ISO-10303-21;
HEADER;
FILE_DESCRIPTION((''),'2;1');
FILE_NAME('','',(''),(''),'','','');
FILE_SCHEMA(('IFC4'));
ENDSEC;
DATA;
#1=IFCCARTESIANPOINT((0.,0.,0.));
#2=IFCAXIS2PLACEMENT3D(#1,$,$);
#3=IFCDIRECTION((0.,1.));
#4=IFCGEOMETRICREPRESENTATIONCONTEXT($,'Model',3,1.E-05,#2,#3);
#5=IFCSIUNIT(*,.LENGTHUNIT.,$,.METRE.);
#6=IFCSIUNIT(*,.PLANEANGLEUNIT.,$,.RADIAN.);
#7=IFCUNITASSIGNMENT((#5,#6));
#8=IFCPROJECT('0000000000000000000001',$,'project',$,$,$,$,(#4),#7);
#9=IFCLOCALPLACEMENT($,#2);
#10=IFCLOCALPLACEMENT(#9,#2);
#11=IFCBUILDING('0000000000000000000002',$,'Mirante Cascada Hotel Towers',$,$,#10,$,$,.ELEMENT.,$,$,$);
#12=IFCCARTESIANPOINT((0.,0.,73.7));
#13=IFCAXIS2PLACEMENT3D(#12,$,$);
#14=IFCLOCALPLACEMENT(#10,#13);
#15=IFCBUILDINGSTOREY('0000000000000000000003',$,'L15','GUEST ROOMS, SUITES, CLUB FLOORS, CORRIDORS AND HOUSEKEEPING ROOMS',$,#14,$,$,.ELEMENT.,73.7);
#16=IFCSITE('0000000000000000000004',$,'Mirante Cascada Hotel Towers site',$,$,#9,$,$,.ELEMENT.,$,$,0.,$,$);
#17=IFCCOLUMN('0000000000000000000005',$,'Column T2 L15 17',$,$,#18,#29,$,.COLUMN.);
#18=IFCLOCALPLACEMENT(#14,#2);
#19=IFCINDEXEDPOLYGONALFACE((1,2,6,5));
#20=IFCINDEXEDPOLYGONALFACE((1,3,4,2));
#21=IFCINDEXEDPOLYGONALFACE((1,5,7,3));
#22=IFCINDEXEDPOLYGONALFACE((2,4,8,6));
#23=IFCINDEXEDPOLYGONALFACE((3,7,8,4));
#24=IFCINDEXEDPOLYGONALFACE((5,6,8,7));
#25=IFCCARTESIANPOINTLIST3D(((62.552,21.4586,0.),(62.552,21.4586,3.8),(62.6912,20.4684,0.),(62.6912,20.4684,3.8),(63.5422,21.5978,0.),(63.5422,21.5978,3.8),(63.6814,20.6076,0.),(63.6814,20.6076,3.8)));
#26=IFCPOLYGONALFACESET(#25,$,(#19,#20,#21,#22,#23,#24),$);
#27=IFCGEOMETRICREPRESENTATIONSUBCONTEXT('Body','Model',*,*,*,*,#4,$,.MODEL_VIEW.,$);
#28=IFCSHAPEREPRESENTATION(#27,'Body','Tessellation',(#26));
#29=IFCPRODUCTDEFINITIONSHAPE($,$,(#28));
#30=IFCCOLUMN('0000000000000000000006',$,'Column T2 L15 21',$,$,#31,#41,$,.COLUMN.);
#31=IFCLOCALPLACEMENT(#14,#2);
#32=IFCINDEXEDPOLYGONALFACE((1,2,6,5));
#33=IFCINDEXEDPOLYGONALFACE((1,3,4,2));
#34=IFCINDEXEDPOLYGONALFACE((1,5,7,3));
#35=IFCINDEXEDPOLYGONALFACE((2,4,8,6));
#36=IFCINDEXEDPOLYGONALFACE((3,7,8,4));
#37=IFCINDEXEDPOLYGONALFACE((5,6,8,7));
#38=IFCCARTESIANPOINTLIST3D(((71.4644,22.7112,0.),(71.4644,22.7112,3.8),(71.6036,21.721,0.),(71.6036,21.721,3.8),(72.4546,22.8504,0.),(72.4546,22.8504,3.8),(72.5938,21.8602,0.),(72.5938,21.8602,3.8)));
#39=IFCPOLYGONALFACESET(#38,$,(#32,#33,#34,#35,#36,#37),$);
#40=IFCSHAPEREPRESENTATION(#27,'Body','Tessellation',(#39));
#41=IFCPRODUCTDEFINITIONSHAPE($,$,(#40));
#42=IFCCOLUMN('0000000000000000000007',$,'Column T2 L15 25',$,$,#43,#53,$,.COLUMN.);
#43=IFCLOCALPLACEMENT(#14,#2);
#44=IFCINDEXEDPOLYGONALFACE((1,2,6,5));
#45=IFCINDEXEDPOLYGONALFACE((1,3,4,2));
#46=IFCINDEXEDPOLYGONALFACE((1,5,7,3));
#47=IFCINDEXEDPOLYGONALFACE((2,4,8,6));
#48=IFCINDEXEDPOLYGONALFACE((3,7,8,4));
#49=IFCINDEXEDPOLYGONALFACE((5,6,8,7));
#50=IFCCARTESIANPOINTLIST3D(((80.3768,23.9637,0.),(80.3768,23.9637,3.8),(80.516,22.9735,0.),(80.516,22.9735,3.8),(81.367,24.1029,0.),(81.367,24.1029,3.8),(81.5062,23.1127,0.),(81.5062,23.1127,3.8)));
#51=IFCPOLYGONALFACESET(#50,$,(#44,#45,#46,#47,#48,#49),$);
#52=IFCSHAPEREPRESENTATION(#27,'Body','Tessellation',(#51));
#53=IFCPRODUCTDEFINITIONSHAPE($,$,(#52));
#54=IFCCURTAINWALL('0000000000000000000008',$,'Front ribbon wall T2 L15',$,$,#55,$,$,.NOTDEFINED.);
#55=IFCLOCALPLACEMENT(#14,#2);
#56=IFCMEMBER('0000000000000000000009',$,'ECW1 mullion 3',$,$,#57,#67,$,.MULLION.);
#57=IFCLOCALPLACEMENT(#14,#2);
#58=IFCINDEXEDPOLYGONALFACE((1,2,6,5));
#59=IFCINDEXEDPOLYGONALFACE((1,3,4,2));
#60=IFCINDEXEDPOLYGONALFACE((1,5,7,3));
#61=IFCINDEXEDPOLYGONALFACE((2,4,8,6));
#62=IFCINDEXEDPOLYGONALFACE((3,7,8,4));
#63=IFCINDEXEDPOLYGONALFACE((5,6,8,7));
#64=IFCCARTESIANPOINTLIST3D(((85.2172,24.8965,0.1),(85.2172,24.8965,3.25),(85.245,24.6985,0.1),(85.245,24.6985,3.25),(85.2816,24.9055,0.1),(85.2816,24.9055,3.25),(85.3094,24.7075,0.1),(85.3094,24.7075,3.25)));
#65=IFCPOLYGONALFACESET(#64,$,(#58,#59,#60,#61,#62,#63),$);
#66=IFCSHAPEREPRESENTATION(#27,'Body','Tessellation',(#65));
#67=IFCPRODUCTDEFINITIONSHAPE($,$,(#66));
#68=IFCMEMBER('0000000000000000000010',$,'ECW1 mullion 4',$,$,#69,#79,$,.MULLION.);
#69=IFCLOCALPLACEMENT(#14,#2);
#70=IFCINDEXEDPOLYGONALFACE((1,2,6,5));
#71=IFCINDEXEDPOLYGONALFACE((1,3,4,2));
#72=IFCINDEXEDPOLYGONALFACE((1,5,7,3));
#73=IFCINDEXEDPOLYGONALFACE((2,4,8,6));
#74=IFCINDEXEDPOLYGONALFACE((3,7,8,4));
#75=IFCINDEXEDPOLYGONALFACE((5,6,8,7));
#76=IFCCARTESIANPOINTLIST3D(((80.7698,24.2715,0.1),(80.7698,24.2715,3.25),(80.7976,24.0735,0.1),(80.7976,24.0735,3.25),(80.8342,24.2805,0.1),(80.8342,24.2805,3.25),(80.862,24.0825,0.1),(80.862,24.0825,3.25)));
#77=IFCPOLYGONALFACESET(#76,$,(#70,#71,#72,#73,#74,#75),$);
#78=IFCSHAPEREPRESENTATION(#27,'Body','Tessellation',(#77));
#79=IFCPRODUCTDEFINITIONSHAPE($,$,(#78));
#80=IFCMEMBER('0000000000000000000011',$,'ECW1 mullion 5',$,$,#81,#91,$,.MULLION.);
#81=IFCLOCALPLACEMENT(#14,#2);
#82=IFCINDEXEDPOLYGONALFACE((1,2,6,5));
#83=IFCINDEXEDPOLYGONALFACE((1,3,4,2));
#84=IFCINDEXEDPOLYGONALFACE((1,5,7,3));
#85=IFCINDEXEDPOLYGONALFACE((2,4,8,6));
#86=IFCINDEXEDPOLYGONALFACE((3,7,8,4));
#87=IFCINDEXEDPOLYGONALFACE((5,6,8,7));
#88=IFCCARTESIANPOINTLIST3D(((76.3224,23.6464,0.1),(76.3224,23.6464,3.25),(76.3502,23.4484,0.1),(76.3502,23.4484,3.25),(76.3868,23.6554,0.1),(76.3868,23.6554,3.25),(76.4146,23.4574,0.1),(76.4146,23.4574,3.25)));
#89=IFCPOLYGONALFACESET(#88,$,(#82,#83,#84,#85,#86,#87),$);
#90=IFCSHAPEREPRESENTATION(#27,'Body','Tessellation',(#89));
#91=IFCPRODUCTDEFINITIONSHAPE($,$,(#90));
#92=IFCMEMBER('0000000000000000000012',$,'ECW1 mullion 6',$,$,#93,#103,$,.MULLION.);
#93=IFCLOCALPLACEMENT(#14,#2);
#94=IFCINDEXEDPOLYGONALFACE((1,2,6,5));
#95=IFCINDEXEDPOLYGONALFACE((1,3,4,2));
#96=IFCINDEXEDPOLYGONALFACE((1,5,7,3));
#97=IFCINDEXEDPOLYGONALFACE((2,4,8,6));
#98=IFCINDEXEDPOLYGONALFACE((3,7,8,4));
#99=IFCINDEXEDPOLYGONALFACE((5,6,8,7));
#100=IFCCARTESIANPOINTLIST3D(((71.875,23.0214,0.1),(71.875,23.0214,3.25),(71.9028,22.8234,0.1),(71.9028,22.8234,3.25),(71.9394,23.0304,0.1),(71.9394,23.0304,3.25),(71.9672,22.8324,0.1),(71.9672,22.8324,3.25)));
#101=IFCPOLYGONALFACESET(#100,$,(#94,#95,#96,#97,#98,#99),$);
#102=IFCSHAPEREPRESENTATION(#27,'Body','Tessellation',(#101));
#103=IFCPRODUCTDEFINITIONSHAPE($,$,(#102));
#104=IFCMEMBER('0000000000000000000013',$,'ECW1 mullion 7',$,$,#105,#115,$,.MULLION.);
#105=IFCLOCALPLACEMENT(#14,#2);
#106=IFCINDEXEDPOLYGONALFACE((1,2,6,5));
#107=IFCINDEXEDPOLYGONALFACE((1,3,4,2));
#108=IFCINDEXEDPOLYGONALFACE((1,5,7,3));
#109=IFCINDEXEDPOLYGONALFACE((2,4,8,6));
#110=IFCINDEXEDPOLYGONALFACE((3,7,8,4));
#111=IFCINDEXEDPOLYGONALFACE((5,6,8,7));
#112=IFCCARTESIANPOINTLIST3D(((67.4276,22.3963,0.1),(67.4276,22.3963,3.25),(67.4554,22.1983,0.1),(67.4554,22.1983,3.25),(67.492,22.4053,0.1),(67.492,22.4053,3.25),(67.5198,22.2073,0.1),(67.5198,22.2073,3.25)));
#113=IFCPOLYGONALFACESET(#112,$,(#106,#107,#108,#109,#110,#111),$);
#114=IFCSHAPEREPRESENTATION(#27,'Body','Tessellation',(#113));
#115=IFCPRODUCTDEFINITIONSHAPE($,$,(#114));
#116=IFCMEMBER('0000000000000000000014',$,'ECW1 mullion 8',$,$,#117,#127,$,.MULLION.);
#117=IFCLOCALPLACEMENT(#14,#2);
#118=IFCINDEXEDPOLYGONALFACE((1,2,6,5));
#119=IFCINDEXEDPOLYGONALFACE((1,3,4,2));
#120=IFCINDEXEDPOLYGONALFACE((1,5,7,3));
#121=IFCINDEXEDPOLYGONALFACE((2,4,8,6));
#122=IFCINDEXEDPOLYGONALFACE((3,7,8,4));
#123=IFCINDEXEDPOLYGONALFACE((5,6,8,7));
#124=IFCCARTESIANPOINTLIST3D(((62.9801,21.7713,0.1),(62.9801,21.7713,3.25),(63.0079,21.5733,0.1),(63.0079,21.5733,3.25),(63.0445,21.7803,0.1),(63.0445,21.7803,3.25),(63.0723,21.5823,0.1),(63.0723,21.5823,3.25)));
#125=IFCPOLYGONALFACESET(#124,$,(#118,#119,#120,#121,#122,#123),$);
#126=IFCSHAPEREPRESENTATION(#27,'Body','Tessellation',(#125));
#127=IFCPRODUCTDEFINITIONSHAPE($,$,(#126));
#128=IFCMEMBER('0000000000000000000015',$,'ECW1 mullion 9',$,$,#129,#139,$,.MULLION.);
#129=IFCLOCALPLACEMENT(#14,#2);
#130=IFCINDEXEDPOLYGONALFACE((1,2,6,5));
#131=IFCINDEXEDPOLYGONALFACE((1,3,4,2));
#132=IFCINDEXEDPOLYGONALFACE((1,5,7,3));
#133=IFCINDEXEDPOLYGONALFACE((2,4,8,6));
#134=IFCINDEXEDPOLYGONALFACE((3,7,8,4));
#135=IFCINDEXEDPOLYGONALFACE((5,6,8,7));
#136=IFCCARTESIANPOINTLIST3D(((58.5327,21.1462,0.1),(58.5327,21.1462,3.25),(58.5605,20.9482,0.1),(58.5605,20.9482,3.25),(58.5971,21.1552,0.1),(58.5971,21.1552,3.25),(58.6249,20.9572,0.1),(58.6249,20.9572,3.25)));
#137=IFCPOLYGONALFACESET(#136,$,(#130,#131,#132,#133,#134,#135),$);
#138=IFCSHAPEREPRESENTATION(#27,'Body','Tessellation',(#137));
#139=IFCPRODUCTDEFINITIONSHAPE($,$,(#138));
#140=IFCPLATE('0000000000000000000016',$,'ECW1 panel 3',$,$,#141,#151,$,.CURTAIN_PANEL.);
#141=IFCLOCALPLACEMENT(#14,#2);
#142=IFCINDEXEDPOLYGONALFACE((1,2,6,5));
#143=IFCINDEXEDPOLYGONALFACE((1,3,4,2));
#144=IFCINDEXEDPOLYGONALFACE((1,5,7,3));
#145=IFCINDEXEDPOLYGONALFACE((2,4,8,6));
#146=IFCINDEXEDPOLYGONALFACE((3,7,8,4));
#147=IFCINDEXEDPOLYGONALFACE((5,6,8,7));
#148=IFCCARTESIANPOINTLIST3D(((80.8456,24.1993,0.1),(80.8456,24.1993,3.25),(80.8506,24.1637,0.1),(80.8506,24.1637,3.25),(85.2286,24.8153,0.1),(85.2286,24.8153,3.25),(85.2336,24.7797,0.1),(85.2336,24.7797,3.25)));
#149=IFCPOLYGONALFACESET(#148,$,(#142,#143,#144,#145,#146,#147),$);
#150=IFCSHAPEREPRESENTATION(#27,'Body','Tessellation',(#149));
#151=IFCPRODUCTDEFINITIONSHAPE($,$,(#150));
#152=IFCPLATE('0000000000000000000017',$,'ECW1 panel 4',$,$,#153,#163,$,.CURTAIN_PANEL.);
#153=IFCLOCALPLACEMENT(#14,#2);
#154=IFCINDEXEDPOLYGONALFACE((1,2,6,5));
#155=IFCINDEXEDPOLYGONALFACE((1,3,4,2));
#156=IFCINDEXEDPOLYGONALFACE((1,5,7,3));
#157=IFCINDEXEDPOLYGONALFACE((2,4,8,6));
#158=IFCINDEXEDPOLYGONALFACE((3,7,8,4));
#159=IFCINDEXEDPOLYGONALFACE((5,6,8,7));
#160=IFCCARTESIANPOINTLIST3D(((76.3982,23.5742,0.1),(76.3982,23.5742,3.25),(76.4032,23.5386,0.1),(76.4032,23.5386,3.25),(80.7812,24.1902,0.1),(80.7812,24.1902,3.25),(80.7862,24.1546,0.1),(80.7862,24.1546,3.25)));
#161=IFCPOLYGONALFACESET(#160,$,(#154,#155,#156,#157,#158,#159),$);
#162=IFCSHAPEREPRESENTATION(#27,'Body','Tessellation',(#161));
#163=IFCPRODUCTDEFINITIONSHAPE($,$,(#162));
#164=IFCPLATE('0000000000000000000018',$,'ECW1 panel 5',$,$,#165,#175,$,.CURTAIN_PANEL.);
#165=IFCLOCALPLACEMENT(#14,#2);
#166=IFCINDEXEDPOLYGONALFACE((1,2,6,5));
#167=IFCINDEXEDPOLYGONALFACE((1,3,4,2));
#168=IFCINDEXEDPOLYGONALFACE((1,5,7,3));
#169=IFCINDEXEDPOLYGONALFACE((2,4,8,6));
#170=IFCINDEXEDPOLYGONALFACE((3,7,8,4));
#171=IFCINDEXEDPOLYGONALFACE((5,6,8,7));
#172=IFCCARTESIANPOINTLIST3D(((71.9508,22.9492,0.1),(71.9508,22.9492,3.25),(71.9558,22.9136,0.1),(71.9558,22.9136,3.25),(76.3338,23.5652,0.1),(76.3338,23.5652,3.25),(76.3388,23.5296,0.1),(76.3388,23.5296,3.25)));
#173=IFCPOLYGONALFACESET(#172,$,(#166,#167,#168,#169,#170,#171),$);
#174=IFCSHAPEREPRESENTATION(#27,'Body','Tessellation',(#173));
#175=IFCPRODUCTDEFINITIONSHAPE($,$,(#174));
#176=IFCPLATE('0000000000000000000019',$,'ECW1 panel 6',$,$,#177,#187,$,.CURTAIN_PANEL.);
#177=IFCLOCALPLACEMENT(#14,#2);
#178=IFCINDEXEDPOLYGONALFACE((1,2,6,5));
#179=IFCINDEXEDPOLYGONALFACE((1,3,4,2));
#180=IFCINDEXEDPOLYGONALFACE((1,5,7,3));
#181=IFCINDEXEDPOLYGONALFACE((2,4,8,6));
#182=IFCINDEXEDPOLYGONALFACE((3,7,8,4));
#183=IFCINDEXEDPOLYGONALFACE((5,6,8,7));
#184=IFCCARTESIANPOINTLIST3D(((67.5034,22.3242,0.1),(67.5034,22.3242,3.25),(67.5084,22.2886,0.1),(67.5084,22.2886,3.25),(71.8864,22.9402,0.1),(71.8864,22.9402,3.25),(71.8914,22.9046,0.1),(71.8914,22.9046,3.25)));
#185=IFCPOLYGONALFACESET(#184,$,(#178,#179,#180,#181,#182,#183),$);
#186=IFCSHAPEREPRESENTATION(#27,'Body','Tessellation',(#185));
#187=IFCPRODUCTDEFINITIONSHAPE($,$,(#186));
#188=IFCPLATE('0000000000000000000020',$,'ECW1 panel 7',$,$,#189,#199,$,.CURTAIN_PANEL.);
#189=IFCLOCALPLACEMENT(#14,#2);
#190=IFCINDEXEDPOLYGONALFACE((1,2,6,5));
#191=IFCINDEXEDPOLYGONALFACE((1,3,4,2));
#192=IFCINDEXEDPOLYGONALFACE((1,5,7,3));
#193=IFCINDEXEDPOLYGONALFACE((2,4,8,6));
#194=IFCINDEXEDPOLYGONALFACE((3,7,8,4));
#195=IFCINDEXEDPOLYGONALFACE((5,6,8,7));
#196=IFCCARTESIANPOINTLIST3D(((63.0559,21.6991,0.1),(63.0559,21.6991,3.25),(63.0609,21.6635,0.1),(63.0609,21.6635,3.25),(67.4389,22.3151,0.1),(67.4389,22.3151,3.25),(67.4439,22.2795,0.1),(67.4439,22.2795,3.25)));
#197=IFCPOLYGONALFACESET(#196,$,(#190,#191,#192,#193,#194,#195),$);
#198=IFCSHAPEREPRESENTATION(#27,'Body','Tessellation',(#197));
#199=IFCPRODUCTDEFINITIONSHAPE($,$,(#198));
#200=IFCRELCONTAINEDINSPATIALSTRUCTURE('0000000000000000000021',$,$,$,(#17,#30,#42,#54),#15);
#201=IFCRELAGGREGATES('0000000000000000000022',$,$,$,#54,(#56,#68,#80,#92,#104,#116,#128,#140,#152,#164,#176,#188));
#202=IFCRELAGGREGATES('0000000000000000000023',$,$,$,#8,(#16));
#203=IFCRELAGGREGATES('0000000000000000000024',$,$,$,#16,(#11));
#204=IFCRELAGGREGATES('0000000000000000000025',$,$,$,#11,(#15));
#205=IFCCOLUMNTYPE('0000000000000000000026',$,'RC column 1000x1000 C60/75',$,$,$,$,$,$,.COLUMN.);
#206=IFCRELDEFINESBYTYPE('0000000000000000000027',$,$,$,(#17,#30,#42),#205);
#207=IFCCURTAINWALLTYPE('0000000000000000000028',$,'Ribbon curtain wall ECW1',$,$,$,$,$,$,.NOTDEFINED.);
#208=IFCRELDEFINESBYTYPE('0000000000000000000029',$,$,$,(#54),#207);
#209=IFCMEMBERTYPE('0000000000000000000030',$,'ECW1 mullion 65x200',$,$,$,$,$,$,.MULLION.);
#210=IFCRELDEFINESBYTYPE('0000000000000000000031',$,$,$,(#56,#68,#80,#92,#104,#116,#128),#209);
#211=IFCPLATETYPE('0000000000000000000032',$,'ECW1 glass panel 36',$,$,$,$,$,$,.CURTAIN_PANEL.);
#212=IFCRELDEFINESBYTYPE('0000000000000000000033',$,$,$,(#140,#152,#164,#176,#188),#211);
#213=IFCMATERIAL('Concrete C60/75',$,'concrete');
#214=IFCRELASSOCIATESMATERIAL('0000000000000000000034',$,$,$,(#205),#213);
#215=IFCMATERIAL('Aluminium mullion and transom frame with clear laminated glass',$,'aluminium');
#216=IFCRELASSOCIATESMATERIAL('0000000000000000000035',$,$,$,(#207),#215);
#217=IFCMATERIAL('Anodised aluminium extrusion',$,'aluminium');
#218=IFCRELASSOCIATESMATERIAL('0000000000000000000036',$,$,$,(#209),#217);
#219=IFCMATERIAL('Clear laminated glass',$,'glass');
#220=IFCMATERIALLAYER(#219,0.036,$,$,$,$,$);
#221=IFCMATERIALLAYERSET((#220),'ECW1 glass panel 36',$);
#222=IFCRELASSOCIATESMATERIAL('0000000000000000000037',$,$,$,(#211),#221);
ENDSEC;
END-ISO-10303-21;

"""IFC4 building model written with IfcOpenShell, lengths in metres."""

from ifc_helpers import new_model, si_unit, direction, frame, origin, origin_2d, place, context, subcontext, project, spatial, rectangle, extrude, material, layer, layer_set, material_profile, profile_set, type_object, element, aggregate, save


model = new_model("IFC4")

# Units and contexts
model_context = context("Model", 3, precision=1e-05, world=origin(), true_north=direction((0.0, 1.0)))
body_context = subcontext(model_context, "Body", "Model", "MODEL_VIEW")
ifc_project = project(units=[si_unit("LENGTHUNIT", "METRE"), si_unit("PLANEANGLEUNIT", "RADIAN")], contexts=[model_context])

# Site, building, storey
site_placement = place(None, origin())
site = spatial("IfcSite", under=ifc_project, at=site_placement, Name="Mirante Cascada Hotel Towers site", CompositionType="ELEMENT", RefElevation=0.0)
building_placement = place(site_placement, origin())
building = spatial("IfcBuilding", under=site, at=building_placement, Name="Mirante Cascada Hotel Towers", CompositionType="ELEMENT")
storey_placement = place(building_placement, frame((0.0, 0.0, 73.7)))
storey = spatial("IfcBuildingStorey", under=building, at=storey_placement, Name="L15", Description="GUEST ROOMS, SUITES, CLUB FLOORS, CORRIDORS AND HOUSEKEEPING ROOMS", CompositionType="ELEMENT", Elevation=73.7)

# Columns
ifc_material_1 = material(Name="Concrete C60/75", Category="concrete")
ifc_material_profile_1 = material_profile(ifc_material_1, rectangle(XDim=1.0, YDim=1.0, at=origin_2d()), Name="RC column 1000x1000 C60/75")
ifc_profile_set_1 = profile_set([ifc_material_profile_1], Name="Concrete C60/75")
column_type = type_object("IfcColumnType", Name="RC column 1000x1000 C60/75", PredefinedType="COLUMN", material=ifc_profile_set_1)
for number, where, z_axis, x_axis, name in (
    (1, (63.1167, 21.0331, 0.0), (0.0, 0.0, 1.0), (0.990268, 0.139173, 0.0), "Column T2 L15 17"),
    (2, (72.0291, 22.2857, 0.0), (0.0, 0.0, 1.0), (0.990268, 0.139173, 0.0), "Column T2 L15 21"),
    (3, (80.9415, 23.5382, 0.0), (0.0, 0.0, 1.0), (0.990268, 0.139173, 0.0), "Column T2 L15 25"),
):
    element("IfcColumn", number, at=place(storey_placement, frame(where, z_axis=z_axis, x_axis=x_axis)), inside=storey, type_object=column_type, Name=name, PredefinedType="COLUMN", context=body_context, shape_type="SweptSolid", body=[
        extrude(rectangle(XDim=1.0, YDim=1.0, at=origin_2d()), origin(), (0.0, 0.0, 1.0), 3.8),
    ])

# Curtain wall, members, plates
ifc_material_2 = material(Name="Aluminium mullion and transom frame with clear laminated glass", Category="aluminium")
curtain_wall_type = type_object("IfcCurtainWallType", Name="Ribbon curtain wall ECW1", PredefinedType="NOTDEFINED", material=ifc_material_2)
curtain_wall_placement = place(storey_placement, origin())
curtain_wall = element("IfcCurtainWall", 4, at=curtain_wall_placement, inside=storey, type_object=curtain_wall_type, Name="Front ribbon wall T2 L15", PredefinedType="NOTDEFINED")
ifc_material_3 = material(Name="Anodised aluminium extrusion", Category="aluminium")
ifc_material_profile_2 = material_profile(ifc_material_3, rectangle(XDim=0.2, YDim=0.065, at=origin_2d()), Name="ECW1 MULLION 65x200")
ifc_profile_set_2 = profile_set([ifc_material_profile_2], Name="Anodised aluminium extrusion")
member_type = type_object("IfcMemberType", Name="ECW1 mullion 65x200", PredefinedType="MULLION", material=ifc_profile_set_2)
member_1_placement = place(storey_placement, frame((85.2633, 24.802, 0.1), z_axis=(0.0, 0.0, 1.0), x_axis=(0.139173, -0.990268, 0.0)))
member_1 = element("IfcMember", 5, at=member_1_placement, type_object=member_type, Name="ECW1 mullion 3", PredefinedType="MULLION", context=body_context, shape_type="SweptSolid", body=[
    extrude(rectangle(XDim=0.2, YDim=0.065, at=origin_2d()), origin(), (0.0, 0.0, 1.0), 3.15),
])
member_2_placement = place(storey_placement, frame((80.8159, 24.177, 0.1), z_axis=(0.0, 0.0, 1.0), x_axis=(0.139173, -0.990268, 0.0)))
member_2 = element("IfcMember", 6, at=member_2_placement, type_object=member_type, Name="ECW1 mullion 4", PredefinedType="MULLION", context=body_context, shape_type="SweptSolid", body=[
    extrude(rectangle(XDim=0.2, YDim=0.065, at=origin_2d()), origin(), (0.0, 0.0, 1.0), 3.15),
])
member_3_placement = place(storey_placement, frame((76.3685, 23.5519, 0.1), z_axis=(0.0, 0.0, 1.0), x_axis=(0.139173, -0.990268, 0.0)))
member_3 = element("IfcMember", 7, at=member_3_placement, type_object=member_type, Name="ECW1 mullion 5", PredefinedType="MULLION", context=body_context, shape_type="SweptSolid", body=[
    extrude(rectangle(XDim=0.2, YDim=0.065, at=origin_2d()), origin(), (0.0, 0.0, 1.0), 3.15),
])
member_4_placement = place(storey_placement, frame((71.9211, 22.9269, 0.1), z_axis=(0.0, 0.0, 1.0), x_axis=(0.139173, -0.990268, 0.0)))
member_4 = element("IfcMember", 8, at=member_4_placement, type_object=member_type, Name="ECW1 mullion 6", PredefinedType="MULLION", context=body_context, shape_type="SweptSolid", body=[
    extrude(rectangle(XDim=0.2, YDim=0.065, at=origin_2d()), origin(), (0.0, 0.0, 1.0), 3.15),
])
member_5_placement = place(storey_placement, frame((67.4737, 22.3018, 0.1), z_axis=(0.0, 0.0, 1.0), x_axis=(0.139173, -0.990268, 0.0)))
member_5 = element("IfcMember", 9, at=member_5_placement, type_object=member_type, Name="ECW1 mullion 7", PredefinedType="MULLION", context=body_context, shape_type="SweptSolid", body=[
    extrude(rectangle(XDim=0.2, YDim=0.065, at=origin_2d()), origin(), (0.0, 0.0, 1.0), 3.15),
])
member_6_placement = place(storey_placement, frame((63.0262, 21.6768, 0.1), z_axis=(0.0, 0.0, 1.0), x_axis=(0.139173, -0.990268, 0.0)))
member_6 = element("IfcMember", 10, at=member_6_placement, type_object=member_type, Name="ECW1 mullion 8", PredefinedType="MULLION", context=body_context, shape_type="SweptSolid", body=[
    extrude(rectangle(XDim=0.2, YDim=0.065, at=origin_2d()), origin(), (0.0, 0.0, 1.0), 3.15),
])
member_7_placement = place(storey_placement, frame((58.5788, 21.0517, 0.1), z_axis=(0.0, 0.0, 1.0), x_axis=(0.139173, -0.990268, 0.0)))
member_7 = element("IfcMember", 11, at=member_7_placement, type_object=member_type, Name="ECW1 mullion 9", PredefinedType="MULLION", context=body_context, shape_type="SweptSolid", body=[
    extrude(rectangle(XDim=0.2, YDim=0.065, at=origin_2d()), origin(), (0.0, 0.0, 1.0), 3.15),
])
ifc_material_4 = material(Name="Clear laminated glass", Category="glass")
ifc_layer_1 = layer(ifc_material_4, 0.036)
ifc_layer_set_1 = layer_set([ifc_layer_1], Name="ECW1 glass panel 36")
plate_type = type_object("IfcPlateType", Name="ECW1 glass panel 36", PredefinedType="CURTAIN_PANEL", material=ifc_layer_set_1)
plate_1_placement = place(storey_placement, frame((83.0396, 24.4895, 0.1), z_axis=(0.0, 0.0, 1.0), x_axis=(-0.990268, -0.139173, 0.0)))
plate_1 = element("IfcPlate", 12, at=plate_1_placement, type_object=plate_type, Name="ECW1 panel 3", PredefinedType="CURTAIN_PANEL", context=body_context, shape_type="SweptSolid", body=[
    extrude(rectangle(XDim=4.4261, YDim=0.036, at=origin_2d()), origin(), (0.0, 0.0, 1.0), 3.15),
])
plate_2_placement = place(storey_placement, frame((78.5922, 23.8644, 0.1), z_axis=(0.0, 0.0, 1.0), x_axis=(-0.990268, -0.139173, 0.0)))
plate_2 = element("IfcPlate", 13, at=plate_2_placement, type_object=plate_type, Name="ECW1 panel 4", PredefinedType="CURTAIN_PANEL", context=body_context, shape_type="SweptSolid", body=[
    extrude(rectangle(XDim=4.4261, YDim=0.036, at=origin_2d()), origin(), (0.0, 0.0, 1.0), 3.15),
])
plate_3_placement = place(storey_placement, frame((74.1448, 23.2394, 0.1), z_axis=(0.0, 0.0, 1.0), x_axis=(-0.990268, -0.139173, 0.0)))
plate_3 = element("IfcPlate", 14, at=plate_3_placement, type_object=plate_type, Name="ECW1 panel 5", PredefinedType="CURTAIN_PANEL", context=body_context, shape_type="SweptSolid", body=[
    extrude(rectangle(XDim=4.4261, YDim=0.036, at=origin_2d()), origin(), (0.0, 0.0, 1.0), 3.15),
])
plate_4_placement = place(storey_placement, frame((69.6974, 22.6144, 0.1), z_axis=(0.0, 0.0, 1.0), x_axis=(-0.990268, -0.139173, 0.0)))
plate_4 = element("IfcPlate", 15, at=plate_4_placement, type_object=plate_type, Name="ECW1 panel 6", PredefinedType="CURTAIN_PANEL", context=body_context, shape_type="SweptSolid", body=[
    extrude(rectangle(XDim=4.4261, YDim=0.036, at=origin_2d()), origin(), (0.0, 0.0, 1.0), 3.15),
])
plate_5_placement = place(storey_placement, frame((65.2499, 21.9893, 0.1), z_axis=(0.0, 0.0, 1.0), x_axis=(-0.990268, -0.139173, 0.0)))
plate_5 = element("IfcPlate", 16, at=plate_5_placement, type_object=plate_type, Name="ECW1 panel 7", PredefinedType="CURTAIN_PANEL", context=body_context, shape_type="SweptSolid", body=[
    extrude(rectangle(XDim=4.4261, YDim=0.036, at=origin_2d()), origin(), (0.0, 0.0, 1.0), 3.15),
])
aggregate(curtain_wall, [member_1, member_2, member_3, member_4, member_5, member_6, member_7, plate_1, plate_2, plate_3, plate_4, plate_5])

save(model, "model.ifc")
